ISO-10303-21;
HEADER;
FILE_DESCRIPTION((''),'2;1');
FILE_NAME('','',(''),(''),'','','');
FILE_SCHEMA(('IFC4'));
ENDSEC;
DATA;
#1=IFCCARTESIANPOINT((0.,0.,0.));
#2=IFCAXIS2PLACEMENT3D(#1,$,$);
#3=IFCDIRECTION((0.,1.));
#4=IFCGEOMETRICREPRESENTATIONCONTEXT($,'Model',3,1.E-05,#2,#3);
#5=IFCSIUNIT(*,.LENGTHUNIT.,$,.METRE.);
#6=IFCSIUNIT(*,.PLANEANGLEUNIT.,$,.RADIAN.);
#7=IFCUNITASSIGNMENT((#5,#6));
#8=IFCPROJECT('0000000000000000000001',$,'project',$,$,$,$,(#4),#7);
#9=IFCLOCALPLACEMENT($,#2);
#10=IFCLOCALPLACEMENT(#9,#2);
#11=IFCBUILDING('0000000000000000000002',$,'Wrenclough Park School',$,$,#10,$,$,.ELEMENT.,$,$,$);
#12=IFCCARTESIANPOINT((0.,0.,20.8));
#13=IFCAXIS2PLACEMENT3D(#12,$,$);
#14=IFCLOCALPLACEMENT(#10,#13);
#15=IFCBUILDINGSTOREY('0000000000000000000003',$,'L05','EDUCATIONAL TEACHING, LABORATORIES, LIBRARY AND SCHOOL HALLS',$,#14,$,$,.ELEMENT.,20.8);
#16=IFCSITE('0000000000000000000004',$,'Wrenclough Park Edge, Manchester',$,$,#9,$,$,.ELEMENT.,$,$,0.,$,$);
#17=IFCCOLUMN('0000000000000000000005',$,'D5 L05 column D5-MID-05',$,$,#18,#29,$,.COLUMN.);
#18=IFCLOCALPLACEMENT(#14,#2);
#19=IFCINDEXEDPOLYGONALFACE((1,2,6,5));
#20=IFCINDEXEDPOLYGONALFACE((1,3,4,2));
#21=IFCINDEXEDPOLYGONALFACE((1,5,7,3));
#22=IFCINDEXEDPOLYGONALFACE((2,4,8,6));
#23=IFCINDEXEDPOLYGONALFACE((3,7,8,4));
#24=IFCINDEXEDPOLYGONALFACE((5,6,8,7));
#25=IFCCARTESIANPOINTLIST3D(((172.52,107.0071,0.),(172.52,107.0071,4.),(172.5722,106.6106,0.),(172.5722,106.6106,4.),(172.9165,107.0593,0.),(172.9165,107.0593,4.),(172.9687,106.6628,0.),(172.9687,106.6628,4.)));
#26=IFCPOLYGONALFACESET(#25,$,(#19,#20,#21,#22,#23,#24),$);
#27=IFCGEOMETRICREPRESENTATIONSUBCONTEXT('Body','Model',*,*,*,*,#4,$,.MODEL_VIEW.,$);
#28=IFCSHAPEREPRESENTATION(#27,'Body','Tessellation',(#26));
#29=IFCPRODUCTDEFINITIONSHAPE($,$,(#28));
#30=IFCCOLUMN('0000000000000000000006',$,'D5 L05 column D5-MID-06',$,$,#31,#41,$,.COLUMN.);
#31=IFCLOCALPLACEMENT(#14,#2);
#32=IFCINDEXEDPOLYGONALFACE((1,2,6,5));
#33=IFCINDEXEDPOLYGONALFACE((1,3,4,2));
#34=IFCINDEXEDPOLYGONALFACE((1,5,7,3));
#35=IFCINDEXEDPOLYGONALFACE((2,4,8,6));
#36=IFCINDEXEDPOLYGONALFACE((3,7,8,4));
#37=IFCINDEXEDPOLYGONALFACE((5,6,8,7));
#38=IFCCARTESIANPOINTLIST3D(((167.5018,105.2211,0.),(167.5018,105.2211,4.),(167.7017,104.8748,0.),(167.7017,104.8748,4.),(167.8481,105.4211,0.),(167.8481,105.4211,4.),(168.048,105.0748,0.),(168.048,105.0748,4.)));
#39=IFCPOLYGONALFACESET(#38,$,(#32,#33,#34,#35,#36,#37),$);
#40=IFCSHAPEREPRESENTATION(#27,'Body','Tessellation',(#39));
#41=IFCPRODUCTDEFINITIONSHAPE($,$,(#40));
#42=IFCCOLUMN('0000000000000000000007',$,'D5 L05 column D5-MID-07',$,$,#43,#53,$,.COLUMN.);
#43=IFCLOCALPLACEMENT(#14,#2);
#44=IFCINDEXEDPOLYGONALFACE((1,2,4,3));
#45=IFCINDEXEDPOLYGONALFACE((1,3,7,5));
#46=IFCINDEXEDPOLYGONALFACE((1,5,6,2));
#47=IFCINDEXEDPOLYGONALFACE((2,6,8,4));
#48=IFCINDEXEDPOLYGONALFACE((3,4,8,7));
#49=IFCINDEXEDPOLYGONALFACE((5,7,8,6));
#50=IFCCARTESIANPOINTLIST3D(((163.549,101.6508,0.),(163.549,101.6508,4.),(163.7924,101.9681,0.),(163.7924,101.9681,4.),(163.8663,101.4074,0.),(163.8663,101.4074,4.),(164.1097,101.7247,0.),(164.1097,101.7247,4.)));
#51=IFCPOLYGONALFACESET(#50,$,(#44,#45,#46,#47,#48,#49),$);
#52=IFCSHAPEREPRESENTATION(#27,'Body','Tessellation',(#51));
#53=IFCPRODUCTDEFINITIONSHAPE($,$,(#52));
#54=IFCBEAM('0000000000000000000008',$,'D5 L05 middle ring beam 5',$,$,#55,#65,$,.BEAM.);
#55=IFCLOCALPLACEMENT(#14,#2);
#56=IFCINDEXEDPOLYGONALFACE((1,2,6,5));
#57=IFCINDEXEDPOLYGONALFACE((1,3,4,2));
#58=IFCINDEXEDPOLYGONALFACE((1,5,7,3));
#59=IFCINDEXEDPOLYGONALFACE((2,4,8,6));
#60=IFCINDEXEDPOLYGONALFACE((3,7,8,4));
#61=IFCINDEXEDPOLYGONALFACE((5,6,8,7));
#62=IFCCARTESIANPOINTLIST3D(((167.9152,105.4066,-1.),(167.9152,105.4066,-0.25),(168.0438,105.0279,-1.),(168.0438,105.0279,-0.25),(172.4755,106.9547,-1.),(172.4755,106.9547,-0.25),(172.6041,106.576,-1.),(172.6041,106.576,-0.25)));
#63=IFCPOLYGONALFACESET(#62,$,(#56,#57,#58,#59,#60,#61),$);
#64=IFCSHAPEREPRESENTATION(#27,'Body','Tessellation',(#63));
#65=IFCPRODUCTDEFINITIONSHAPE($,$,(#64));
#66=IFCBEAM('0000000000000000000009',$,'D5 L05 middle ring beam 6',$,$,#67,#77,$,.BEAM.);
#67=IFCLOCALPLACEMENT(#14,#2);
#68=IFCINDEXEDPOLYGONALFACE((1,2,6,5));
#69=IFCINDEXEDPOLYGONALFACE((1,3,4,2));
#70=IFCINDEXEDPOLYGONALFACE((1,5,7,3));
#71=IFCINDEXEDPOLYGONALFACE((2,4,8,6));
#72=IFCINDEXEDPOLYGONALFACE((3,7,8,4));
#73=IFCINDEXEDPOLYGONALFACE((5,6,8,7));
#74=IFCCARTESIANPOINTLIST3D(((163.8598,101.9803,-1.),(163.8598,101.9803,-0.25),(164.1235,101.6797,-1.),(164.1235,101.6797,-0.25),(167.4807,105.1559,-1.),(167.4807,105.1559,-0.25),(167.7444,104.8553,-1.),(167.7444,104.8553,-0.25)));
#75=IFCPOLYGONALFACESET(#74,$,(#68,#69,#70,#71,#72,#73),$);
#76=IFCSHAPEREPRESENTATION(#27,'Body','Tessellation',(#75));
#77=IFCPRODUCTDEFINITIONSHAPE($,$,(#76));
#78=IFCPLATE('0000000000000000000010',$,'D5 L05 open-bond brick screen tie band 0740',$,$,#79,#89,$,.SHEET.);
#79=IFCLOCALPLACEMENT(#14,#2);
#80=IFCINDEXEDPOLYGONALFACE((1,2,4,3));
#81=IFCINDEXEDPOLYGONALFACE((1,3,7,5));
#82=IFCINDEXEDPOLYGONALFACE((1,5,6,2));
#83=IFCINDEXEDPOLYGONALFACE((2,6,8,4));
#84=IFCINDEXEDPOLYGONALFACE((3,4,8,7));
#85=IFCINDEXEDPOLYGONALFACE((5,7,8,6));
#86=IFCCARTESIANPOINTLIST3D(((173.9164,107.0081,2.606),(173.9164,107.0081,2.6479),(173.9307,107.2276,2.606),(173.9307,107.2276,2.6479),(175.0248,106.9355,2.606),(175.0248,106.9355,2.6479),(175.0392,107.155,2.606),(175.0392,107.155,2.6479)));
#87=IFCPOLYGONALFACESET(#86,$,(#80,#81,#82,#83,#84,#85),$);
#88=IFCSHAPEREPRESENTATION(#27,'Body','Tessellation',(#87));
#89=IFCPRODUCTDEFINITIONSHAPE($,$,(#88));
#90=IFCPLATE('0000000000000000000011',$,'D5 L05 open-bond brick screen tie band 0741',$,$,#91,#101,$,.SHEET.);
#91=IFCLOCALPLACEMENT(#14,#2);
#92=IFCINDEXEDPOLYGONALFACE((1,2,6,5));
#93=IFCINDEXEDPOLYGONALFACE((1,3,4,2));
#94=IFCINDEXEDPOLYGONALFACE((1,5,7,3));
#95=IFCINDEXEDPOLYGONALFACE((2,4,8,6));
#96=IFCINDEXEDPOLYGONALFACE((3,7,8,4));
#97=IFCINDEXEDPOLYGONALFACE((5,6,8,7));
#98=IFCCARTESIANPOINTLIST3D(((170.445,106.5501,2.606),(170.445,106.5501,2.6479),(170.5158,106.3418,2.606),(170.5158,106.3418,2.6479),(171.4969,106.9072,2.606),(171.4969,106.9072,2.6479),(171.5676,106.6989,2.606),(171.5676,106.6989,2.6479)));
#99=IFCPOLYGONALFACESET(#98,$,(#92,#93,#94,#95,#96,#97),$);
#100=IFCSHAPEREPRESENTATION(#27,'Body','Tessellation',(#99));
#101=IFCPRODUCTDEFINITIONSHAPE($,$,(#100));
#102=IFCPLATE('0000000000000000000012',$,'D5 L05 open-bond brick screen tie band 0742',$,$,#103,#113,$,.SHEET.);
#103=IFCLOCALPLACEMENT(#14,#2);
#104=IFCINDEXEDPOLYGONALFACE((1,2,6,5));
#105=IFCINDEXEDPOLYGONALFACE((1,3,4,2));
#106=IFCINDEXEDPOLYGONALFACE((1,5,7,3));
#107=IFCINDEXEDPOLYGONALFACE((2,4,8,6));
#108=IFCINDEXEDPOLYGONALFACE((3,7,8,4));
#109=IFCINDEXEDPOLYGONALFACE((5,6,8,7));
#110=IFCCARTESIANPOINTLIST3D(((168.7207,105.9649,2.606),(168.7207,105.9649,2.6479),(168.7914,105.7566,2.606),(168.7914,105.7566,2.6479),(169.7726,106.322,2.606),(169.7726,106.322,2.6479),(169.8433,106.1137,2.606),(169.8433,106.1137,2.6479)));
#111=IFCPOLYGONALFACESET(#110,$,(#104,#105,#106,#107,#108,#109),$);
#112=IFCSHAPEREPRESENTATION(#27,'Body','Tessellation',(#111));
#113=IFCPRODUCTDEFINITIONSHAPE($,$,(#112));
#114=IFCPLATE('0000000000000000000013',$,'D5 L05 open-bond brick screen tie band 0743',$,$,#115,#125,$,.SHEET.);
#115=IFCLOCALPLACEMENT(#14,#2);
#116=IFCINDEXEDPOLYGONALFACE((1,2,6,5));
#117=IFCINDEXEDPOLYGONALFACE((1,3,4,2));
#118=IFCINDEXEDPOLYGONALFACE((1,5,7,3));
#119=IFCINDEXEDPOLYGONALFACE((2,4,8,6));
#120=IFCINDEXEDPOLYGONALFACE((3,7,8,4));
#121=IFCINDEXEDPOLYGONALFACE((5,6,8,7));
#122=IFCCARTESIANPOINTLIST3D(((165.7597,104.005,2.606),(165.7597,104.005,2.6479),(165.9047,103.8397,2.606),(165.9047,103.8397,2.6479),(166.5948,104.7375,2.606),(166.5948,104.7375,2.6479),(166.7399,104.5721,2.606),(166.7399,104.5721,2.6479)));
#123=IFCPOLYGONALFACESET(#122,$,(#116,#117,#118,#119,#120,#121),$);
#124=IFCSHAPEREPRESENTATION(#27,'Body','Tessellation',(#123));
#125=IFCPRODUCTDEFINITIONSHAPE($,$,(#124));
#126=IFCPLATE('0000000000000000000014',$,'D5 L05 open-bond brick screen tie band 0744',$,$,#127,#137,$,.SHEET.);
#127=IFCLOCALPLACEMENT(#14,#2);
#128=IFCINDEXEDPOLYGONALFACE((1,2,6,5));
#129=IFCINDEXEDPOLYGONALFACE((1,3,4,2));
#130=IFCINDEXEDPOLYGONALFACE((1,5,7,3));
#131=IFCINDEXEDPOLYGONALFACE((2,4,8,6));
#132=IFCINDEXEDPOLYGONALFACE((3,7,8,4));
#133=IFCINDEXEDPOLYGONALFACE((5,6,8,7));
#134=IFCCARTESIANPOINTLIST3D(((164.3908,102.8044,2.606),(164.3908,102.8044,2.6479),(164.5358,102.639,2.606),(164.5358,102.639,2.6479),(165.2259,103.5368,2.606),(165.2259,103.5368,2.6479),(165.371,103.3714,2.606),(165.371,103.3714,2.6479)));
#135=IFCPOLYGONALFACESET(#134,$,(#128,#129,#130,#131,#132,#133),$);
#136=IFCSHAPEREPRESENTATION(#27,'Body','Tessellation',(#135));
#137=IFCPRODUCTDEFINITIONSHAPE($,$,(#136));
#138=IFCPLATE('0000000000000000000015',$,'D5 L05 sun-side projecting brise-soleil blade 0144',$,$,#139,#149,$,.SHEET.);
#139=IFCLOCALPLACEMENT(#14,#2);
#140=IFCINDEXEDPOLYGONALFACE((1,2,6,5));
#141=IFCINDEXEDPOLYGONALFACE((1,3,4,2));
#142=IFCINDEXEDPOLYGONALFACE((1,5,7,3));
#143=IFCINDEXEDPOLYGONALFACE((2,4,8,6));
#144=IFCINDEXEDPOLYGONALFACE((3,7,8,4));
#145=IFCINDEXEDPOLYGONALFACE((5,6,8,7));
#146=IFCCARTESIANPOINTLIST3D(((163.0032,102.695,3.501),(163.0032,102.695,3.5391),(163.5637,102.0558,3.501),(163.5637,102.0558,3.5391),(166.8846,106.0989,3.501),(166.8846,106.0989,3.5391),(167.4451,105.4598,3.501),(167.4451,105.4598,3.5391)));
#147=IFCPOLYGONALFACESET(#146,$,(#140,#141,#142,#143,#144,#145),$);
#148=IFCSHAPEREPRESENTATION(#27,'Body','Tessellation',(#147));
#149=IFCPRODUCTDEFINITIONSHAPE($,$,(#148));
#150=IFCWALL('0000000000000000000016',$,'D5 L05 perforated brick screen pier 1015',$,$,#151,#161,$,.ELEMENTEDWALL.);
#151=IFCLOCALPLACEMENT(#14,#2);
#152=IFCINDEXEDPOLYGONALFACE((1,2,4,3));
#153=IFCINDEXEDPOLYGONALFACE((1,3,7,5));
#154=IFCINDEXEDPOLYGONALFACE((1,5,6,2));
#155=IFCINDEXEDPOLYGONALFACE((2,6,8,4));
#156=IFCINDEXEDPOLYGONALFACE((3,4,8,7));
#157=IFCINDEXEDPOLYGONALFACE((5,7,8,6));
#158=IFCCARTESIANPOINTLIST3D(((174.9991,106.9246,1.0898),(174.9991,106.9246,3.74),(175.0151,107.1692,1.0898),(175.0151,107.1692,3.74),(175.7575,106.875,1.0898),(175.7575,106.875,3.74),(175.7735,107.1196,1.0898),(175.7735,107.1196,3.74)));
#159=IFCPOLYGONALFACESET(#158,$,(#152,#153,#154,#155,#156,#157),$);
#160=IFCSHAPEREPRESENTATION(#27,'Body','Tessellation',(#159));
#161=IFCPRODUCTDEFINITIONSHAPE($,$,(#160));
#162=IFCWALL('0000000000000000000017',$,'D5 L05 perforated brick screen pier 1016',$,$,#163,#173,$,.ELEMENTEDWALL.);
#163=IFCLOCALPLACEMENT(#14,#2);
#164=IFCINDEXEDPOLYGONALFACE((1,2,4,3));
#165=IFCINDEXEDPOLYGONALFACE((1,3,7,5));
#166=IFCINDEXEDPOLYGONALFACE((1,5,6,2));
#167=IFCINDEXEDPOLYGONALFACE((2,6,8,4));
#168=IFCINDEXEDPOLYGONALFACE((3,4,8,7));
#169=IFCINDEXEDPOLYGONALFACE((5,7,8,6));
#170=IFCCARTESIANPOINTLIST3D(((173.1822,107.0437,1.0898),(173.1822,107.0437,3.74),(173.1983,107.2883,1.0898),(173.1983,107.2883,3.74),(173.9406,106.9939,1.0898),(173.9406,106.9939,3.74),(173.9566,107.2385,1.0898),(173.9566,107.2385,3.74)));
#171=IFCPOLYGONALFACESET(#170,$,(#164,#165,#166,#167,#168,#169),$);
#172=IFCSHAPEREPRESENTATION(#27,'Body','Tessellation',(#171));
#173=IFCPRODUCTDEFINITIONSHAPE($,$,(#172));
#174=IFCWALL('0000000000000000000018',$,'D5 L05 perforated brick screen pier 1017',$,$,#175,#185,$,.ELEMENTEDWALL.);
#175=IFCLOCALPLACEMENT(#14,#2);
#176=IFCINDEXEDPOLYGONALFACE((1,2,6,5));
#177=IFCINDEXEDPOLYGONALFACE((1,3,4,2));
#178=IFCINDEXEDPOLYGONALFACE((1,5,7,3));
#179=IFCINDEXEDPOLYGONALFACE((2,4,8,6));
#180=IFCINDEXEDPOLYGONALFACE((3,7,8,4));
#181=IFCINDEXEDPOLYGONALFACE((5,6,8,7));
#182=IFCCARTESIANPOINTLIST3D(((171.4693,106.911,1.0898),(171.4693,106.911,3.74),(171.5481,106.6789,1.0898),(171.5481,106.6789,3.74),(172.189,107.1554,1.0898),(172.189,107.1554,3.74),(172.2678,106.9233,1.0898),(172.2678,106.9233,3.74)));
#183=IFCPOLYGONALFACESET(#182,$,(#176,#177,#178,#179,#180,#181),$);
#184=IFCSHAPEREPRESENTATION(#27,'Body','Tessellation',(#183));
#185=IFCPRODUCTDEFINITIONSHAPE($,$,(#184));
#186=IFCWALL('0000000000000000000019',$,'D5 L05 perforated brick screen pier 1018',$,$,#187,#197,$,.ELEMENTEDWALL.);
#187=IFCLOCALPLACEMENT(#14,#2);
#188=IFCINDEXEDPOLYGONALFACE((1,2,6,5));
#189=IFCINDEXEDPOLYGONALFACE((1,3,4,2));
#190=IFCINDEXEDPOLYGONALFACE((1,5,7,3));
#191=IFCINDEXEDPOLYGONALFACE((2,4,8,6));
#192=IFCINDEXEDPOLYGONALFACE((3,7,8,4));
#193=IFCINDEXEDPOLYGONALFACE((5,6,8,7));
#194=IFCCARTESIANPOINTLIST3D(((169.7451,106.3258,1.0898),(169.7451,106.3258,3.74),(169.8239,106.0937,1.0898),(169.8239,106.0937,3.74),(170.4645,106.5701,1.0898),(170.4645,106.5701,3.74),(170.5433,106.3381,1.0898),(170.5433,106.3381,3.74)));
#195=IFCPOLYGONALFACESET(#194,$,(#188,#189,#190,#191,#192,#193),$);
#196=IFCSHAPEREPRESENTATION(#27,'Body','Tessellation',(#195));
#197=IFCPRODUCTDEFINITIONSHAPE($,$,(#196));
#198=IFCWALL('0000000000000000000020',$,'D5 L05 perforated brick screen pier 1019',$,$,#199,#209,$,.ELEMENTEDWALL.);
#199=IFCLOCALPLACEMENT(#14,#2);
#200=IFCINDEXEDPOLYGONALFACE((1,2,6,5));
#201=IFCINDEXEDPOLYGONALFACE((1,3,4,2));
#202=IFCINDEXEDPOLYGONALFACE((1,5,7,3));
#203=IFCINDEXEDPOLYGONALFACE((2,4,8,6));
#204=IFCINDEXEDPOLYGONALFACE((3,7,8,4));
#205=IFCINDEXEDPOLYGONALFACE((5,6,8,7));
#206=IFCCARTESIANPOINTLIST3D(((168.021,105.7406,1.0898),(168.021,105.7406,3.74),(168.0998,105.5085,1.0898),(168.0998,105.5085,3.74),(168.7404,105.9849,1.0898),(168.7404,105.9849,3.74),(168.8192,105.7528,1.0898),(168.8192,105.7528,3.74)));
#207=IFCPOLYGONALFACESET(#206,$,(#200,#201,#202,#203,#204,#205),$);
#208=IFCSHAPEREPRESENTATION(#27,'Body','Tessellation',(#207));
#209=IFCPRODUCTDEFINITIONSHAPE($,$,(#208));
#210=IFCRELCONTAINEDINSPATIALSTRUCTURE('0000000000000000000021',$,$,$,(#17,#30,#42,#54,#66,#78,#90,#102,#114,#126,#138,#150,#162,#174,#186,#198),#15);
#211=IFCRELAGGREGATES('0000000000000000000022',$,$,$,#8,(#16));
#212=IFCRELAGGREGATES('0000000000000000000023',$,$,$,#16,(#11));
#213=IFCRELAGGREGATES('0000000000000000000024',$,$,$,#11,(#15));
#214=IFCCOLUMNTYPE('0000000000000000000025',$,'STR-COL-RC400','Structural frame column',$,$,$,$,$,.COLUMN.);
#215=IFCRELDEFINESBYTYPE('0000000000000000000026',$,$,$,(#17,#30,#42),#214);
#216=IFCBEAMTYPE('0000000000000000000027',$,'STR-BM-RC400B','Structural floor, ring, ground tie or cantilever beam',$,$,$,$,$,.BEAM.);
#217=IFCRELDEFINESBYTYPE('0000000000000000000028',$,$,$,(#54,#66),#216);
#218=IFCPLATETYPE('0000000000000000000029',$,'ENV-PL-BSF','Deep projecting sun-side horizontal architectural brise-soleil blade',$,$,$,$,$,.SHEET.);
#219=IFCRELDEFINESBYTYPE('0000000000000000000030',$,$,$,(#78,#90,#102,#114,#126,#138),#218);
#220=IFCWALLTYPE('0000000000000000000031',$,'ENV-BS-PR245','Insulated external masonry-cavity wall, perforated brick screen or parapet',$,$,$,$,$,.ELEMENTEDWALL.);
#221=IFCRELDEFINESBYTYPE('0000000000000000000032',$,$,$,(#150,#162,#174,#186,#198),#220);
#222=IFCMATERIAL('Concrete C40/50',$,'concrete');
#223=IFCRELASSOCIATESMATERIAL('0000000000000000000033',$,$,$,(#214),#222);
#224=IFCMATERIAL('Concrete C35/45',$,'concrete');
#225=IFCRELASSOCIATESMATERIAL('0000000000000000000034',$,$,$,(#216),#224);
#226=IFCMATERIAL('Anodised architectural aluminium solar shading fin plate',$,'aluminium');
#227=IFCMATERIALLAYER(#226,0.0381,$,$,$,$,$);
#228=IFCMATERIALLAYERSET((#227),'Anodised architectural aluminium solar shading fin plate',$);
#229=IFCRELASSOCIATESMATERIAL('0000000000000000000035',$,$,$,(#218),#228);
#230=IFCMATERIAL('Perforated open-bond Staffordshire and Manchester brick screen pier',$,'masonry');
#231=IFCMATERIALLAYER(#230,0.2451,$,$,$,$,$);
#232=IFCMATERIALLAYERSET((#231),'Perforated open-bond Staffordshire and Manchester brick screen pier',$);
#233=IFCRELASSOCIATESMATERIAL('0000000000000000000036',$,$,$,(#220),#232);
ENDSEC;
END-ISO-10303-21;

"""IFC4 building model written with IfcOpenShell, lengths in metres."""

from ifc_helpers import new_model, si_unit, direction, frame, frame_2d, origin, origin_2d, place, context, subcontext, project, spatial, rectangle, extrude, material, layer, layer_set, material_profile, profile_set, type_object, element, save


model = new_model("IFC4")

# Units and contexts
model_context = context("Model", 3, precision=1e-05, world=origin(), true_north=direction((0.0, 1.0)))
body_context = subcontext(model_context, "Body", "Model", "MODEL_VIEW")
ifc_project = project(units=[si_unit("LENGTHUNIT", "METRE"), si_unit("PLANEANGLEUNIT", "RADIAN")], contexts=[model_context])

# Site, building, storey
site_placement = place(None, origin())
site = spatial("IfcSite", under=ifc_project, at=site_placement, Name="Wrenclough Park Edge, Manchester", CompositionType="ELEMENT", RefElevation=0.0)
building_placement = place(site_placement, origin())
building = spatial("IfcBuilding", under=site, at=building_placement, Name="Wrenclough Park School", CompositionType="ELEMENT")
storey_placement = place(building_placement, frame((0.0, 0.0, 20.8)))
storey = spatial("IfcBuildingStorey", under=building, at=storey_placement, Name="L05", Description="EDUCATIONAL TEACHING, LABORATORIES, LIBRARY AND SCHOOL HALLS", CompositionType="ELEMENT", Elevation=20.8)

# Columns
ifc_material_1 = material(Name="Concrete C40/50", Category="concrete")
ifc_material_profile_1 = material_profile(ifc_material_1, rectangle(XDim=0.3999, YDim=0.3999, at=origin_2d()), Name="RC COL 400x400")
ifc_profile_set_1 = profile_set([ifc_material_profile_1], Name="Concrete C40/50")
column_type = type_object("IfcColumnType", Name="STR-COL-RC400", Description="Structural frame column", PredefinedType="COLUMN", material=ifc_profile_set_1)
for number, where, z_axis, x_axis, name in (
    (1, (172.7444, 106.835, 0.0), (0.0, 0.0, 1.0), (-0.991445, -0.130526, 0.0), "D5 L05 column D5-MID-05"),
    (2, (167.7749, 105.1479, 0.0), (0.0, 0.0, 1.0), (-0.866025, -0.5, 0.0), "D5 L05 column D5-MID-06"),
    (3, (163.8293, 101.6877, 0.0), (0.0, 0.0, 1.0), (-0.608761, -0.793353, 0.0), "D5 L05 column D5-MID-07"),
):
    element("IfcColumn", number, at=place(storey_placement, frame(where, z_axis=z_axis, x_axis=x_axis)), inside=storey, type_object=column_type, Name=name, PredefinedType="COLUMN", context=body_context, shape_type="SweptSolid", body=[
        extrude(rectangle(XDim=0.3999, YDim=0.3999, at=origin_2d()), origin(), (0.0, 0.0, 1.0), 4.0),
    ])

# Beams
ifc_material_2 = material(Name="Concrete C35/45", Category="concrete")
ifc_material_profile_2 = material_profile(ifc_material_2, rectangle(XDim=0.3999, YDim=0.75, at=origin_2d()), Name="RC BEAM 400x750")
ifc_profile_set_2 = profile_set([ifc_material_profile_2], Name="Concrete C35/45")
beam_type = type_object("IfcBeamType", Name="STR-BM-RC400B", Description="Structural floor, ring, ground tie or cantilever beam", PredefinedType="BEAM", material=ifc_profile_set_2)
beam_1_placement = place(storey_placement, frame((172.5398, 106.7654, -0.625), z_axis=(-0.946925, -0.321455, 0.0), x_axis=(0.321455, -0.946925, 0.0)))
element("IfcBeam", 4, at=beam_1_placement, inside=storey, type_object=beam_type, Name="D5 L05 middle ring beam 5", PredefinedType="BEAM", context=body_context, shape_type="SweptSolid", body=[
    extrude(rectangle(XDim=0.3999, YDim=0.75, at=origin_2d()), origin(), (0.0, 0.0, 1.0), 4.8159),
])
beam_2_placement = place(storey_placement, frame((167.6125, 105.0056, -0.625), z_axis=(-0.751826, -0.659362, 0.0), x_axis=(0.659362, -0.751826, 0.0)))
element("IfcBeam", 5, at=beam_2_placement, inside=storey, type_object=beam_type, Name="D5 L05 middle ring beam 6", PredefinedType="BEAM", context=body_context, shape_type="SweptSolid", body=[
    extrude(rectangle(XDim=0.3999, YDim=0.75, at=origin_2d()), origin(), (0.0, 0.0, 1.0), 4.8162),
])

# Plates
ifc_material_3 = material(Name="Anodised architectural aluminium solar shading fin plate", Category="aluminium")
ifc_layer_1 = layer(ifc_material_3, 0.0381)
ifc_layer_set_1 = layer_set([ifc_layer_1], Name="Anodised architectural aluminium solar shading fin plate")
plate_type = type_object("IfcPlateType", Name="ENV-PL-BSF", Description="Deep projecting sun-side horizontal architectural brise-soleil blade", PredefinedType="SHEET", material=ifc_layer_set_1)
for number, where, z_axis, x_axis, name in (
    (6, (174.4778, 107.0815, 2.606), (0.0, 0.0, 1.0), (-0.99786, 0.06539, 0.0), "D5 L05 open-bond brick screen tie band 0740"),
    (7, (171.0063, 106.6245, 2.606), (0.0, 0.0, 1.0), (-0.946934, -0.321429, 0.0), "D5 L05 open-bond brick screen tie band 0741"),
    (8, (169.282, 106.0393, 2.606), (0.0, 0.0, 1.0), (-0.946934, -0.321429, 0.0), "D5 L05 open-bond brick screen tie band 0742"),
    (9, (166.2498, 104.2886, 2.606), (0.0, 0.0, 1.0), (-0.751836, -0.659351, 0.0), "D5 L05 open-bond brick screen tie band 0743"),
    (10, (164.8809, 103.0879, 2.606), (0.0, 0.0, 1.0), (-0.751836, -0.659351, 0.0), "D5 L05 open-bond brick screen tie band 0744"),
):
    element("IfcPlate", number, at=place(storey_placement, frame(where, z_axis=z_axis, x_axis=x_axis)), inside=storey, type_object=plate_type, Name=name, PredefinedType="SHEET", context=body_context, shape_type="SweptSolid", body=[
        extrude(rectangle(XDim=1.1108, YDim=0.22, at=origin_2d()), origin(), (0.0, 0.0, 1.0), 0.042),
    ])
plate_placement = place(storey_placement, frame((165.2241, 104.0774, 3.501), z_axis=(0.0, 0.0, 1.0), x_axis=(-0.751836, -0.659351, 0.0)))
element("IfcPlate", 11, at=plate_placement, inside=storey, type_object=plate_type, Name="D5 L05 sun-side projecting brise-soleil blade 0144", PredefinedType="SHEET", context=body_context, shape_type="SweptSolid", body=[
    extrude(rectangle(XDim=5.1626, YDim=0.8501, at=origin_2d()), origin(), (0.0, 0.0, 1.0), 0.0381),
])

# Walls
ifc_material_4 = material(Name="Perforated open-bond Staffordshire and Manchester brick screen pier", Category="masonry")
ifc_layer_2 = layer(ifc_material_4, 0.2451)
ifc_layer_set_2 = layer_set([ifc_layer_2], Name="Perforated open-bond Staffordshire and Manchester brick screen pier")
wall_type_1 = type_object("IfcWallType", Name="ENV-BS-PR245", Description="Insulated external masonry-cavity wall, perforated brick screen or parapet", PredefinedType="ELEMENTEDWALL", material=ifc_layer_set_2)
for number, where, z_axis, x_axis, name in (
    (12, (175.7654, 106.9973, 1.0898), (0.0, 0.0, 1.0), (-0.997871, 0.065218, 0.0), "D5 L05 perforated brick screen pier 1015"),
    (13, (173.9485, 107.1162, 1.0898), (0.0, 0.0, 1.0), (-0.99785, 0.065538, 0.0), "D5 L05 perforated brick screen pier 1016"),
    (14, (172.2283, 107.0393, 1.0898), (0.0, 0.0, 1.0), (-0.946902, -0.321523, 0.0), "D5 L05 perforated brick screen pier 1017"),
):
    element("IfcWall", number, at=place(storey_placement, frame(where, z_axis=z_axis, x_axis=x_axis)), inside=storey, type_object=wall_type_1, Name=name, PredefinedType="ELEMENTEDWALL", context=body_context, shape_type="SweptSolid", body=[
        extrude(rectangle(XDim=0.76, YDim=0.2451, at=frame_2d((0.3799, 0.0))), origin(), (0.0, 0.0, 1.0), 2.6501),
    ])
for number, where, z_axis, x_axis, name in (
    (15, (170.5039, 106.4541, 1.0898), (0.0, 0.0, 1.0), (-0.946869, -0.32162, 0.0), "D5 L05 perforated brick screen pier 1018"),
    (16, (168.7798, 105.8689, 1.0898), (0.0, 0.0, 1.0), (-0.946869, -0.32162, 0.0), "D5 L05 perforated brick screen pier 1019"),
):
    element("IfcWall", number, at=place(storey_placement, frame(where, z_axis=z_axis, x_axis=x_axis)), inside=storey, type_object=wall_type_1, Name=name, PredefinedType="ELEMENTEDWALL", context=body_context, shape_type="SweptSolid", body=[
        extrude(rectangle(XDim=0.7598, YDim=0.2451, at=frame_2d((0.3799, 0.0))), origin(), (0.0, 0.0, 1.0), 2.6501),
    ])

save(model, "model.ifc")
